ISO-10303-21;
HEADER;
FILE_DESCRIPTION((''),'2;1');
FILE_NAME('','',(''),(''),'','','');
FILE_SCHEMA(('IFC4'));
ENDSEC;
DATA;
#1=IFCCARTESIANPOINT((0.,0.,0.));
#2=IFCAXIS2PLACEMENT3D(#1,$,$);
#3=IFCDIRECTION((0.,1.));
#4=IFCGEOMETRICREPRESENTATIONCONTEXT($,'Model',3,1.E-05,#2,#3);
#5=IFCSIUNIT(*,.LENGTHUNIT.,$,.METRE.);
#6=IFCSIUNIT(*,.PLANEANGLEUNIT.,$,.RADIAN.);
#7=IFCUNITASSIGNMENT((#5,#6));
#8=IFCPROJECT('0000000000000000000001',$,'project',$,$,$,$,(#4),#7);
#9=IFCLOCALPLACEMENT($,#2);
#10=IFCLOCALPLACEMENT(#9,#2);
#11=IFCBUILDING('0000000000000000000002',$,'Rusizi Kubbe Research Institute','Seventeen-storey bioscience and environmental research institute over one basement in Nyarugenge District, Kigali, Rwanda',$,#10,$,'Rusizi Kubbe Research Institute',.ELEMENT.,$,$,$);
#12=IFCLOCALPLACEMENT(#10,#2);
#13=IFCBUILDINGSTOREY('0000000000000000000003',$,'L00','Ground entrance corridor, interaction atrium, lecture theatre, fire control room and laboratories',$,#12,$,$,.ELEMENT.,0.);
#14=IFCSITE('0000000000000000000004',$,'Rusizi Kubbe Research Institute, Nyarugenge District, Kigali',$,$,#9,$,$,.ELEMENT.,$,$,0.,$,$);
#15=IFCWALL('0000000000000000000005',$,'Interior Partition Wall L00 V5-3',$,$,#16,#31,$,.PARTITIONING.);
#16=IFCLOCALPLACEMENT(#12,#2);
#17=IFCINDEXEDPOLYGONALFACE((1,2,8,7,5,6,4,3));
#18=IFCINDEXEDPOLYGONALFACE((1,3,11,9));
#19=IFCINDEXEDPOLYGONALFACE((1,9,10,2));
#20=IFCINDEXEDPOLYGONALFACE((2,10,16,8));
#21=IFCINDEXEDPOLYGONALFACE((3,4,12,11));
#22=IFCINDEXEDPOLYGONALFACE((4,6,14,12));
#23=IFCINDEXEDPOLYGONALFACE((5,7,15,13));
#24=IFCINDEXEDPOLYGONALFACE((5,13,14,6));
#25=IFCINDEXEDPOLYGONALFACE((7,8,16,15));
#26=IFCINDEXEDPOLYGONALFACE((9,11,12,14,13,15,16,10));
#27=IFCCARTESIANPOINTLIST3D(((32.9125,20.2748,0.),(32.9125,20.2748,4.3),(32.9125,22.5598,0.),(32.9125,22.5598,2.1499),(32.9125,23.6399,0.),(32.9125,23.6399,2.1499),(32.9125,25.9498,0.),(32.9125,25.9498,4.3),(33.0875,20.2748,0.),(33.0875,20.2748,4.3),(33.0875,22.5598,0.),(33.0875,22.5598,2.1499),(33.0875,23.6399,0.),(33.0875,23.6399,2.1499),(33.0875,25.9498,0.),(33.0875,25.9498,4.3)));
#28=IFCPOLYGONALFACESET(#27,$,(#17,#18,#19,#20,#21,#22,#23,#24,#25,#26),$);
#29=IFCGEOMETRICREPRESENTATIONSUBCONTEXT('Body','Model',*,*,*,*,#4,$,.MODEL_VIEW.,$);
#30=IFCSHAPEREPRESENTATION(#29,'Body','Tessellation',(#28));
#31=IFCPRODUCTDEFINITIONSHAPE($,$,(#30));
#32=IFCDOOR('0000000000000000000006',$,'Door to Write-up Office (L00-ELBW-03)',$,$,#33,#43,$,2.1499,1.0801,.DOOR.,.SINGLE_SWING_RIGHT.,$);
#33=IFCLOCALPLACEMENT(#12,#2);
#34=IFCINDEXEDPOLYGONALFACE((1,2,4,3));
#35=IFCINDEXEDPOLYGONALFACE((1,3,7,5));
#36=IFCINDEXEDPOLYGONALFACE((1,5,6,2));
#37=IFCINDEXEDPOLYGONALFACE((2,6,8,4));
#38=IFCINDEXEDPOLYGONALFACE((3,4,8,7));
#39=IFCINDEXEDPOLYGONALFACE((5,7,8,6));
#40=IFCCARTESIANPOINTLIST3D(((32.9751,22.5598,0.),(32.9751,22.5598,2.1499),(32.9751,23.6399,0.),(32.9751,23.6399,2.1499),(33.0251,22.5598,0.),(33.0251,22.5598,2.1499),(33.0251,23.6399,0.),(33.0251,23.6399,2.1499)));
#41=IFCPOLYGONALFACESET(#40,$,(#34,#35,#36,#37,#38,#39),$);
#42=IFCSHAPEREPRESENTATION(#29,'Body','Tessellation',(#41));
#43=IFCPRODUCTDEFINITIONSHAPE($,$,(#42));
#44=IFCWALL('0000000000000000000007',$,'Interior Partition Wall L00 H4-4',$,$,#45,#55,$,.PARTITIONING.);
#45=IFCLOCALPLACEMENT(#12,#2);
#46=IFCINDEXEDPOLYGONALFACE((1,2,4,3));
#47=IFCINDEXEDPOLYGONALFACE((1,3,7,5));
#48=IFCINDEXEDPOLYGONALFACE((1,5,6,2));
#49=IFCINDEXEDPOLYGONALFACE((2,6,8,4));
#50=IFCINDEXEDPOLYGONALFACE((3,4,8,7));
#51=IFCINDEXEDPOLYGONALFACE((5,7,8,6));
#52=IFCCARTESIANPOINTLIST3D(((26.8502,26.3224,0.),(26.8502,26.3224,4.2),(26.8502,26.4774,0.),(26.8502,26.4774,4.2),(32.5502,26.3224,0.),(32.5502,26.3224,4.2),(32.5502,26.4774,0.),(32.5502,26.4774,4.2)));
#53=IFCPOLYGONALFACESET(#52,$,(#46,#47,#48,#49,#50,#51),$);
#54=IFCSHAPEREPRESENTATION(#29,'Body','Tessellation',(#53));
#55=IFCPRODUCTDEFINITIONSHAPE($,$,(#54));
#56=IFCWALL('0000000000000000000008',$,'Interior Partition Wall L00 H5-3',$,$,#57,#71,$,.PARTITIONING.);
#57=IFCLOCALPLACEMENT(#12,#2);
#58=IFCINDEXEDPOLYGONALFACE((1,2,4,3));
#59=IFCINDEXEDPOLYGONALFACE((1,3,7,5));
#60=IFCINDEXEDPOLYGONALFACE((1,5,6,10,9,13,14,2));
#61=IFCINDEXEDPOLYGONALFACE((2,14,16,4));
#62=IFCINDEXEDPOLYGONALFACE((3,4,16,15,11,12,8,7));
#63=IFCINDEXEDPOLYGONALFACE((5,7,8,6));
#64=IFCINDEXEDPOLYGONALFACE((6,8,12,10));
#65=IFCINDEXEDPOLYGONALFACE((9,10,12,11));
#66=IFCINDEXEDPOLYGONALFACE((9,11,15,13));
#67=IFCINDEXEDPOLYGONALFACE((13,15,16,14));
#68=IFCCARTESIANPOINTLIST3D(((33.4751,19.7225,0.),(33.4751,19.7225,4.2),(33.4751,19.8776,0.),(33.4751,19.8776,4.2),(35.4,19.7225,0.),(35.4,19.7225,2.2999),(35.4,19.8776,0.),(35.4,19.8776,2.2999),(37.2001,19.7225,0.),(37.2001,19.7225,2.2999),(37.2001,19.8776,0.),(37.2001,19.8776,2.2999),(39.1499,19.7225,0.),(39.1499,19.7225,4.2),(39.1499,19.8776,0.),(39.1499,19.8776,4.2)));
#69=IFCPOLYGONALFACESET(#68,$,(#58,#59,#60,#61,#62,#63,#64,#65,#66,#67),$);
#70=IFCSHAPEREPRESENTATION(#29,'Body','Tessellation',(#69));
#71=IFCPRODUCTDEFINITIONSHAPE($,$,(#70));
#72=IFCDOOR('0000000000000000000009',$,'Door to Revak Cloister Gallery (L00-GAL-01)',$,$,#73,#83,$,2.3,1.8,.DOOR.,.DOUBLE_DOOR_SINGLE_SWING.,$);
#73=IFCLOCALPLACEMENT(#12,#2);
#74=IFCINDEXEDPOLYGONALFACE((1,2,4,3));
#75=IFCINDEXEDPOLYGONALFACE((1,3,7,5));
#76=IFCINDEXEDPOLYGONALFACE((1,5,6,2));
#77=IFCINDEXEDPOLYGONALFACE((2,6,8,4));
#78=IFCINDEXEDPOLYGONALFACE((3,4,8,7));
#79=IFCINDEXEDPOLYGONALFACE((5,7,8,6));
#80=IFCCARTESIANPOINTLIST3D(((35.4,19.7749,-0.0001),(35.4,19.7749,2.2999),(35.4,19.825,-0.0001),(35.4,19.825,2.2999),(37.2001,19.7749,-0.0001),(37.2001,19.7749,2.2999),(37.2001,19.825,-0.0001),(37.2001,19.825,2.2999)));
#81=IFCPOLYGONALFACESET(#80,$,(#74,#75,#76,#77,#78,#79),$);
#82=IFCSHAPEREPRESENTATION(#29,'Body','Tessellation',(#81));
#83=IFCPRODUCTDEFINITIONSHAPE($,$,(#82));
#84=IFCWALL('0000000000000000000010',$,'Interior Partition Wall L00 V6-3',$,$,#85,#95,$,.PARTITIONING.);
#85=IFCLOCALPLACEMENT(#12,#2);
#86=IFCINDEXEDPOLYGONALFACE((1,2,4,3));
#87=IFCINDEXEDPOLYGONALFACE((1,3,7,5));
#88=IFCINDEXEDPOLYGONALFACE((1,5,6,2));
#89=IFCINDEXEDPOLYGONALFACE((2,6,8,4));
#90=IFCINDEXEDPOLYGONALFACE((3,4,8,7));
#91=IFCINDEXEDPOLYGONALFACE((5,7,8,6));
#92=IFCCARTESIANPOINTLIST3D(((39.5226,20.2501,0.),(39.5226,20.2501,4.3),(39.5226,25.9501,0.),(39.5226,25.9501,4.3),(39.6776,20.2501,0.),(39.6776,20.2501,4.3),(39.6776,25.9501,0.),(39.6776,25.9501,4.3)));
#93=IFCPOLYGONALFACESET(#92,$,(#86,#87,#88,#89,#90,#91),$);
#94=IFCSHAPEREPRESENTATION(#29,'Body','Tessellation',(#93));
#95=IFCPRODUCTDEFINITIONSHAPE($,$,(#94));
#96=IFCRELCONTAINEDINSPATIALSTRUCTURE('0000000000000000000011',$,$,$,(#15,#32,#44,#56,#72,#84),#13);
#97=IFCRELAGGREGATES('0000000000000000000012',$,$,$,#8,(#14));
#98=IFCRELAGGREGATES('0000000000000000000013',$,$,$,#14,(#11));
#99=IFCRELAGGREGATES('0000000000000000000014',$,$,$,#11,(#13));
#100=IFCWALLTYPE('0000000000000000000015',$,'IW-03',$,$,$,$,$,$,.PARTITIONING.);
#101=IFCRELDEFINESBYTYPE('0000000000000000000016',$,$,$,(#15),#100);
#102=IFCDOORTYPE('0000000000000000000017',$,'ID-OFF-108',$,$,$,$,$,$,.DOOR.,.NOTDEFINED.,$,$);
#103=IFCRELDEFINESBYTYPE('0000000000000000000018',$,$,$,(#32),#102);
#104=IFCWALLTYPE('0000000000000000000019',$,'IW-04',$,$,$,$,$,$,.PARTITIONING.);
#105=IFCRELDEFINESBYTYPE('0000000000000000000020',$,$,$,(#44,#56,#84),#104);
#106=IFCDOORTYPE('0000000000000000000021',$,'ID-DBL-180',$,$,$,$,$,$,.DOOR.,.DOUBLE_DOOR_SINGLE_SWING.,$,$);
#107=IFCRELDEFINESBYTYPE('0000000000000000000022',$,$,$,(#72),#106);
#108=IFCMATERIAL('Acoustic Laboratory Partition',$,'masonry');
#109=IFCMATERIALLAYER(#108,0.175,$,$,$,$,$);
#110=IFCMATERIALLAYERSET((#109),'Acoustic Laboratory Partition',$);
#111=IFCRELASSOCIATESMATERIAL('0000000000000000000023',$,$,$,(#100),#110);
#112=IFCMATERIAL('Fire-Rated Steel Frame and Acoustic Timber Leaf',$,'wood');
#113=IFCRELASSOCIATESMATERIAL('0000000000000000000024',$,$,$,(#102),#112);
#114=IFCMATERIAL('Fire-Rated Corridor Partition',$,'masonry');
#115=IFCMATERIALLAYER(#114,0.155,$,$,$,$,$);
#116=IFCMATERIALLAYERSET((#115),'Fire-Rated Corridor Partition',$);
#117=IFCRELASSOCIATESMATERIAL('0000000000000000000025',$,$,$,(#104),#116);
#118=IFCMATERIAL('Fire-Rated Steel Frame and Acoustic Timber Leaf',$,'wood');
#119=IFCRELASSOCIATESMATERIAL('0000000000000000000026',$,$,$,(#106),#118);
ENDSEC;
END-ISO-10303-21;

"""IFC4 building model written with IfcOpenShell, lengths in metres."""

from ifc_helpers import new_model, si_unit, direction, frame, frame_2d, origin, place, context, subcontext, project, spatial, rectangle, extrude, material, layer, layer_set, type_object, element, fill, save


model = new_model("IFC4")

# Units and contexts
model_context = context("Model", 3, precision=1e-05, world=origin(), true_north=direction((0.0, 1.0)))
body_context = subcontext(model_context, "Body", "Model", "MODEL_VIEW")
ifc_project = project(units=[si_unit("LENGTHUNIT", "METRE"), si_unit("PLANEANGLEUNIT", "RADIAN")], contexts=[model_context])

# Site, building, storey
site_placement = place(None, origin())
site = spatial("IfcSite", under=ifc_project, at=site_placement, Name="Rusizi Kubbe Research Institute, Nyarugenge District, Kigali", CompositionType="ELEMENT", RefElevation=0.0)
building_placement = place(site_placement, origin())
building = spatial("IfcBuilding", under=site, at=building_placement, Name="Rusizi Kubbe Research Institute", Description="Seventeen-storey bioscience and environmental research institute over one basement in Nyarugenge District, Kigali, Rwanda", LongName="Rusizi Kubbe Research Institute", CompositionType="ELEMENT")
storey_placement = place(building_placement, origin())
storey = spatial("IfcBuildingStorey", under=building, at=storey_placement, Name="L00", Description="Ground entrance corridor, interaction atrium, lecture theatre, fire control room and laboratories", CompositionType="ELEMENT", Elevation=0.0)

# Shared definitions
ifc_material_1 = material(Name="Acoustic Laboratory Partition", Category="masonry")
ifc_layer_1 = layer(ifc_material_1, 0.175)
ifc_layer_set_1 = layer_set([ifc_layer_1], Name="Acoustic Laboratory Partition")
wall_type_1 = type_object("IfcWallType", Name="IW-03", PredefinedType="PARTITIONING", material=ifc_layer_set_1)

# Wall, opening, door
wall_1_placement = place(storey_placement, frame((33.0, 20.2749, 0.0), z_axis=(0.0, 0.0, 1.0), x_axis=(0.0, 1.0, 0.0)))
wall_1 = element("IfcWall", 1, at=wall_1_placement, inside=storey, type_object=wall_type_1, Name="Interior Partition Wall L00 V5-3", PredefinedType="PARTITIONING", context=body_context, shape_type="SweptSolid", body=[
    extrude(rectangle(XDim=5.675, YDim=0.175, at=frame_2d((2.8374, 0.0))), origin(), (0.0, 0.0, 1.0), 4.3),
])
opening_1_placement = place(wall_1_placement, frame((2.2849, 0.0, 0.0)))
opening_1 = element("IfcOpeningElement", 2, at=opening_1_placement, cuts=wall_1, PredefinedType="OPENING", context=body_context, shape_type="SweptSolid", body=[
    extrude(rectangle(XDim=1.0801, YDim=2.1499, at=frame_2d((0.54, 1.075))), frame((0.0, 0.0974, 0.0), z_axis=(0.0, -1.0, 0.0), x_axis=(1.0, 0.0, 0.0)), (0.0, 0.0, 1.0), 0.1951),
])
ifc_material_2 = material(Name="Fire-Rated Steel Frame and Acoustic Timber Leaf", Category="wood")
door_type_1 = type_object("IfcDoorType", Name="ID-OFF-108", OperationType="NOTDEFINED", PredefinedType="DOOR", material=ifc_material_2)
door_1_placement = place(opening_1_placement, origin())
door_1 = element("IfcDoor", 3, at=door_1_placement, inside=storey, type_object=door_type_1, Name="Door to Write-up Office (L00-ELBW-03)", OperationType="SINGLE_SWING_RIGHT", OverallHeight=2.1499, OverallWidth=1.0801, PredefinedType="DOOR", context=body_context, shape_type="SweptSolid", body=[
    extrude(rectangle(XDim=1.0801, YDim=2.1499, at=frame_2d((0.54, 1.075))), frame((0.0, 0.0249, 0.0), z_axis=(0.0, -1.0, 0.0), x_axis=(1.0, 0.0, 0.0)), (0.0, 0.0, 1.0), 0.05),
])
fill(opening_1, door_1)

# Wall
ifc_material_3 = material(Name="Fire-Rated Corridor Partition", Category="masonry")
ifc_layer_2 = layer(ifc_material_3, 0.155)
ifc_layer_set_2 = layer_set([ifc_layer_2], Name="Fire-Rated Corridor Partition")
wall_type_2 = type_object("IfcWallType", Name="IW-04", PredefinedType="PARTITIONING", material=ifc_layer_set_2)
wall_2_placement = place(storey_placement, frame((26.8501, 26.3999, 0.0), z_axis=(0.0, 0.0, 1.0), x_axis=(1.0, 0.0, 0.0)))
element("IfcWall", 4, at=wall_2_placement, inside=storey, type_object=wall_type_2, Name="Interior Partition Wall L00 H4-4", PredefinedType="PARTITIONING", context=body_context, shape_type="SweptSolid", body=[
    extrude(rectangle(XDim=5.7, YDim=0.155, at=frame_2d((2.8501, 0.0))), origin(), (0.0, 0.0, 1.0), 4.2),
])

# Wall, opening, door
wall_3_placement = place(storey_placement, frame((33.4751, 19.8, 0.0), z_axis=(0.0, 0.0, 1.0), x_axis=(1.0, 0.0, 0.0)))
wall_3 = element("IfcWall", 5, at=wall_3_placement, inside=storey, type_object=wall_type_2, Name="Interior Partition Wall L00 H5-3", PredefinedType="PARTITIONING", context=body_context, shape_type="SweptSolid", body=[
    extrude(rectangle(XDim=5.6748, YDim=0.155, at=frame_2d((2.8374, 0.0))), origin(), (0.0, 0.0, 1.0), 4.2),
])
opening_2_placement = place(wall_3_placement, frame((1.925, 0.0, 0.0)))
opening_2 = element("IfcOpeningElement", 6, at=opening_2_placement, cuts=wall_3, PredefinedType="OPENING", context=body_context, shape_type="SweptSolid", body=[
    extrude(rectangle(XDim=1.8, YDim=2.3, at=frame_2d((0.8999, 1.1499))), frame((0.0, 0.0874, 0.0), z_axis=(0.0, -1.0, 0.0), x_axis=(1.0, 0.0, 0.0)), (0.0, 0.0, 1.0), 0.175),
])
ifc_material_4 = material(Name="Fire-Rated Steel Frame and Acoustic Timber Leaf", Category="wood")
door_type_2 = type_object("IfcDoorType", Name="ID-DBL-180", OperationType="DOUBLE_DOOR_SINGLE_SWING", PredefinedType="DOOR", material=ifc_material_4)
door_2_placement = place(opening_2_placement, origin())
door_2 = element("IfcDoor", 7, at=door_2_placement, inside=storey, type_object=door_type_2, Name="Door to Revak Cloister Gallery (L00-GAL-01)", OperationType="DOUBLE_DOOR_SINGLE_SWING", OverallHeight=2.3, OverallWidth=1.8, PredefinedType="DOOR", context=body_context, shape_type="SweptSolid", body=[
    extrude(rectangle(XDim=1.8, YDim=2.3, at=frame_2d((0.8999, 1.1499))), frame((0.0, 0.0249, 0.0), z_axis=(0.0, -1.0, 0.0), x_axis=(1.0, 0.0, 0.0)), (0.0, 0.0, 1.0), 0.05),
])
fill(opening_2, door_2)

# Wall
wall_4_placement = place(storey_placement, frame((39.6001, 20.25, 0.0), z_axis=(0.0, 0.0, 1.0), x_axis=(0.0, 1.0, 0.0)))
element("IfcWall", 8, at=wall_4_placement, inside=storey, type_object=wall_type_2, Name="Interior Partition Wall L00 V6-3", PredefinedType="PARTITIONING", context=body_context, shape_type="SweptSolid", body=[
    extrude(rectangle(XDim=5.7, YDim=0.155, at=frame_2d((2.8501, 0.0))), origin(), (0.0, 0.0, 1.0), 4.3),
])

save(model, "model.ifc")
